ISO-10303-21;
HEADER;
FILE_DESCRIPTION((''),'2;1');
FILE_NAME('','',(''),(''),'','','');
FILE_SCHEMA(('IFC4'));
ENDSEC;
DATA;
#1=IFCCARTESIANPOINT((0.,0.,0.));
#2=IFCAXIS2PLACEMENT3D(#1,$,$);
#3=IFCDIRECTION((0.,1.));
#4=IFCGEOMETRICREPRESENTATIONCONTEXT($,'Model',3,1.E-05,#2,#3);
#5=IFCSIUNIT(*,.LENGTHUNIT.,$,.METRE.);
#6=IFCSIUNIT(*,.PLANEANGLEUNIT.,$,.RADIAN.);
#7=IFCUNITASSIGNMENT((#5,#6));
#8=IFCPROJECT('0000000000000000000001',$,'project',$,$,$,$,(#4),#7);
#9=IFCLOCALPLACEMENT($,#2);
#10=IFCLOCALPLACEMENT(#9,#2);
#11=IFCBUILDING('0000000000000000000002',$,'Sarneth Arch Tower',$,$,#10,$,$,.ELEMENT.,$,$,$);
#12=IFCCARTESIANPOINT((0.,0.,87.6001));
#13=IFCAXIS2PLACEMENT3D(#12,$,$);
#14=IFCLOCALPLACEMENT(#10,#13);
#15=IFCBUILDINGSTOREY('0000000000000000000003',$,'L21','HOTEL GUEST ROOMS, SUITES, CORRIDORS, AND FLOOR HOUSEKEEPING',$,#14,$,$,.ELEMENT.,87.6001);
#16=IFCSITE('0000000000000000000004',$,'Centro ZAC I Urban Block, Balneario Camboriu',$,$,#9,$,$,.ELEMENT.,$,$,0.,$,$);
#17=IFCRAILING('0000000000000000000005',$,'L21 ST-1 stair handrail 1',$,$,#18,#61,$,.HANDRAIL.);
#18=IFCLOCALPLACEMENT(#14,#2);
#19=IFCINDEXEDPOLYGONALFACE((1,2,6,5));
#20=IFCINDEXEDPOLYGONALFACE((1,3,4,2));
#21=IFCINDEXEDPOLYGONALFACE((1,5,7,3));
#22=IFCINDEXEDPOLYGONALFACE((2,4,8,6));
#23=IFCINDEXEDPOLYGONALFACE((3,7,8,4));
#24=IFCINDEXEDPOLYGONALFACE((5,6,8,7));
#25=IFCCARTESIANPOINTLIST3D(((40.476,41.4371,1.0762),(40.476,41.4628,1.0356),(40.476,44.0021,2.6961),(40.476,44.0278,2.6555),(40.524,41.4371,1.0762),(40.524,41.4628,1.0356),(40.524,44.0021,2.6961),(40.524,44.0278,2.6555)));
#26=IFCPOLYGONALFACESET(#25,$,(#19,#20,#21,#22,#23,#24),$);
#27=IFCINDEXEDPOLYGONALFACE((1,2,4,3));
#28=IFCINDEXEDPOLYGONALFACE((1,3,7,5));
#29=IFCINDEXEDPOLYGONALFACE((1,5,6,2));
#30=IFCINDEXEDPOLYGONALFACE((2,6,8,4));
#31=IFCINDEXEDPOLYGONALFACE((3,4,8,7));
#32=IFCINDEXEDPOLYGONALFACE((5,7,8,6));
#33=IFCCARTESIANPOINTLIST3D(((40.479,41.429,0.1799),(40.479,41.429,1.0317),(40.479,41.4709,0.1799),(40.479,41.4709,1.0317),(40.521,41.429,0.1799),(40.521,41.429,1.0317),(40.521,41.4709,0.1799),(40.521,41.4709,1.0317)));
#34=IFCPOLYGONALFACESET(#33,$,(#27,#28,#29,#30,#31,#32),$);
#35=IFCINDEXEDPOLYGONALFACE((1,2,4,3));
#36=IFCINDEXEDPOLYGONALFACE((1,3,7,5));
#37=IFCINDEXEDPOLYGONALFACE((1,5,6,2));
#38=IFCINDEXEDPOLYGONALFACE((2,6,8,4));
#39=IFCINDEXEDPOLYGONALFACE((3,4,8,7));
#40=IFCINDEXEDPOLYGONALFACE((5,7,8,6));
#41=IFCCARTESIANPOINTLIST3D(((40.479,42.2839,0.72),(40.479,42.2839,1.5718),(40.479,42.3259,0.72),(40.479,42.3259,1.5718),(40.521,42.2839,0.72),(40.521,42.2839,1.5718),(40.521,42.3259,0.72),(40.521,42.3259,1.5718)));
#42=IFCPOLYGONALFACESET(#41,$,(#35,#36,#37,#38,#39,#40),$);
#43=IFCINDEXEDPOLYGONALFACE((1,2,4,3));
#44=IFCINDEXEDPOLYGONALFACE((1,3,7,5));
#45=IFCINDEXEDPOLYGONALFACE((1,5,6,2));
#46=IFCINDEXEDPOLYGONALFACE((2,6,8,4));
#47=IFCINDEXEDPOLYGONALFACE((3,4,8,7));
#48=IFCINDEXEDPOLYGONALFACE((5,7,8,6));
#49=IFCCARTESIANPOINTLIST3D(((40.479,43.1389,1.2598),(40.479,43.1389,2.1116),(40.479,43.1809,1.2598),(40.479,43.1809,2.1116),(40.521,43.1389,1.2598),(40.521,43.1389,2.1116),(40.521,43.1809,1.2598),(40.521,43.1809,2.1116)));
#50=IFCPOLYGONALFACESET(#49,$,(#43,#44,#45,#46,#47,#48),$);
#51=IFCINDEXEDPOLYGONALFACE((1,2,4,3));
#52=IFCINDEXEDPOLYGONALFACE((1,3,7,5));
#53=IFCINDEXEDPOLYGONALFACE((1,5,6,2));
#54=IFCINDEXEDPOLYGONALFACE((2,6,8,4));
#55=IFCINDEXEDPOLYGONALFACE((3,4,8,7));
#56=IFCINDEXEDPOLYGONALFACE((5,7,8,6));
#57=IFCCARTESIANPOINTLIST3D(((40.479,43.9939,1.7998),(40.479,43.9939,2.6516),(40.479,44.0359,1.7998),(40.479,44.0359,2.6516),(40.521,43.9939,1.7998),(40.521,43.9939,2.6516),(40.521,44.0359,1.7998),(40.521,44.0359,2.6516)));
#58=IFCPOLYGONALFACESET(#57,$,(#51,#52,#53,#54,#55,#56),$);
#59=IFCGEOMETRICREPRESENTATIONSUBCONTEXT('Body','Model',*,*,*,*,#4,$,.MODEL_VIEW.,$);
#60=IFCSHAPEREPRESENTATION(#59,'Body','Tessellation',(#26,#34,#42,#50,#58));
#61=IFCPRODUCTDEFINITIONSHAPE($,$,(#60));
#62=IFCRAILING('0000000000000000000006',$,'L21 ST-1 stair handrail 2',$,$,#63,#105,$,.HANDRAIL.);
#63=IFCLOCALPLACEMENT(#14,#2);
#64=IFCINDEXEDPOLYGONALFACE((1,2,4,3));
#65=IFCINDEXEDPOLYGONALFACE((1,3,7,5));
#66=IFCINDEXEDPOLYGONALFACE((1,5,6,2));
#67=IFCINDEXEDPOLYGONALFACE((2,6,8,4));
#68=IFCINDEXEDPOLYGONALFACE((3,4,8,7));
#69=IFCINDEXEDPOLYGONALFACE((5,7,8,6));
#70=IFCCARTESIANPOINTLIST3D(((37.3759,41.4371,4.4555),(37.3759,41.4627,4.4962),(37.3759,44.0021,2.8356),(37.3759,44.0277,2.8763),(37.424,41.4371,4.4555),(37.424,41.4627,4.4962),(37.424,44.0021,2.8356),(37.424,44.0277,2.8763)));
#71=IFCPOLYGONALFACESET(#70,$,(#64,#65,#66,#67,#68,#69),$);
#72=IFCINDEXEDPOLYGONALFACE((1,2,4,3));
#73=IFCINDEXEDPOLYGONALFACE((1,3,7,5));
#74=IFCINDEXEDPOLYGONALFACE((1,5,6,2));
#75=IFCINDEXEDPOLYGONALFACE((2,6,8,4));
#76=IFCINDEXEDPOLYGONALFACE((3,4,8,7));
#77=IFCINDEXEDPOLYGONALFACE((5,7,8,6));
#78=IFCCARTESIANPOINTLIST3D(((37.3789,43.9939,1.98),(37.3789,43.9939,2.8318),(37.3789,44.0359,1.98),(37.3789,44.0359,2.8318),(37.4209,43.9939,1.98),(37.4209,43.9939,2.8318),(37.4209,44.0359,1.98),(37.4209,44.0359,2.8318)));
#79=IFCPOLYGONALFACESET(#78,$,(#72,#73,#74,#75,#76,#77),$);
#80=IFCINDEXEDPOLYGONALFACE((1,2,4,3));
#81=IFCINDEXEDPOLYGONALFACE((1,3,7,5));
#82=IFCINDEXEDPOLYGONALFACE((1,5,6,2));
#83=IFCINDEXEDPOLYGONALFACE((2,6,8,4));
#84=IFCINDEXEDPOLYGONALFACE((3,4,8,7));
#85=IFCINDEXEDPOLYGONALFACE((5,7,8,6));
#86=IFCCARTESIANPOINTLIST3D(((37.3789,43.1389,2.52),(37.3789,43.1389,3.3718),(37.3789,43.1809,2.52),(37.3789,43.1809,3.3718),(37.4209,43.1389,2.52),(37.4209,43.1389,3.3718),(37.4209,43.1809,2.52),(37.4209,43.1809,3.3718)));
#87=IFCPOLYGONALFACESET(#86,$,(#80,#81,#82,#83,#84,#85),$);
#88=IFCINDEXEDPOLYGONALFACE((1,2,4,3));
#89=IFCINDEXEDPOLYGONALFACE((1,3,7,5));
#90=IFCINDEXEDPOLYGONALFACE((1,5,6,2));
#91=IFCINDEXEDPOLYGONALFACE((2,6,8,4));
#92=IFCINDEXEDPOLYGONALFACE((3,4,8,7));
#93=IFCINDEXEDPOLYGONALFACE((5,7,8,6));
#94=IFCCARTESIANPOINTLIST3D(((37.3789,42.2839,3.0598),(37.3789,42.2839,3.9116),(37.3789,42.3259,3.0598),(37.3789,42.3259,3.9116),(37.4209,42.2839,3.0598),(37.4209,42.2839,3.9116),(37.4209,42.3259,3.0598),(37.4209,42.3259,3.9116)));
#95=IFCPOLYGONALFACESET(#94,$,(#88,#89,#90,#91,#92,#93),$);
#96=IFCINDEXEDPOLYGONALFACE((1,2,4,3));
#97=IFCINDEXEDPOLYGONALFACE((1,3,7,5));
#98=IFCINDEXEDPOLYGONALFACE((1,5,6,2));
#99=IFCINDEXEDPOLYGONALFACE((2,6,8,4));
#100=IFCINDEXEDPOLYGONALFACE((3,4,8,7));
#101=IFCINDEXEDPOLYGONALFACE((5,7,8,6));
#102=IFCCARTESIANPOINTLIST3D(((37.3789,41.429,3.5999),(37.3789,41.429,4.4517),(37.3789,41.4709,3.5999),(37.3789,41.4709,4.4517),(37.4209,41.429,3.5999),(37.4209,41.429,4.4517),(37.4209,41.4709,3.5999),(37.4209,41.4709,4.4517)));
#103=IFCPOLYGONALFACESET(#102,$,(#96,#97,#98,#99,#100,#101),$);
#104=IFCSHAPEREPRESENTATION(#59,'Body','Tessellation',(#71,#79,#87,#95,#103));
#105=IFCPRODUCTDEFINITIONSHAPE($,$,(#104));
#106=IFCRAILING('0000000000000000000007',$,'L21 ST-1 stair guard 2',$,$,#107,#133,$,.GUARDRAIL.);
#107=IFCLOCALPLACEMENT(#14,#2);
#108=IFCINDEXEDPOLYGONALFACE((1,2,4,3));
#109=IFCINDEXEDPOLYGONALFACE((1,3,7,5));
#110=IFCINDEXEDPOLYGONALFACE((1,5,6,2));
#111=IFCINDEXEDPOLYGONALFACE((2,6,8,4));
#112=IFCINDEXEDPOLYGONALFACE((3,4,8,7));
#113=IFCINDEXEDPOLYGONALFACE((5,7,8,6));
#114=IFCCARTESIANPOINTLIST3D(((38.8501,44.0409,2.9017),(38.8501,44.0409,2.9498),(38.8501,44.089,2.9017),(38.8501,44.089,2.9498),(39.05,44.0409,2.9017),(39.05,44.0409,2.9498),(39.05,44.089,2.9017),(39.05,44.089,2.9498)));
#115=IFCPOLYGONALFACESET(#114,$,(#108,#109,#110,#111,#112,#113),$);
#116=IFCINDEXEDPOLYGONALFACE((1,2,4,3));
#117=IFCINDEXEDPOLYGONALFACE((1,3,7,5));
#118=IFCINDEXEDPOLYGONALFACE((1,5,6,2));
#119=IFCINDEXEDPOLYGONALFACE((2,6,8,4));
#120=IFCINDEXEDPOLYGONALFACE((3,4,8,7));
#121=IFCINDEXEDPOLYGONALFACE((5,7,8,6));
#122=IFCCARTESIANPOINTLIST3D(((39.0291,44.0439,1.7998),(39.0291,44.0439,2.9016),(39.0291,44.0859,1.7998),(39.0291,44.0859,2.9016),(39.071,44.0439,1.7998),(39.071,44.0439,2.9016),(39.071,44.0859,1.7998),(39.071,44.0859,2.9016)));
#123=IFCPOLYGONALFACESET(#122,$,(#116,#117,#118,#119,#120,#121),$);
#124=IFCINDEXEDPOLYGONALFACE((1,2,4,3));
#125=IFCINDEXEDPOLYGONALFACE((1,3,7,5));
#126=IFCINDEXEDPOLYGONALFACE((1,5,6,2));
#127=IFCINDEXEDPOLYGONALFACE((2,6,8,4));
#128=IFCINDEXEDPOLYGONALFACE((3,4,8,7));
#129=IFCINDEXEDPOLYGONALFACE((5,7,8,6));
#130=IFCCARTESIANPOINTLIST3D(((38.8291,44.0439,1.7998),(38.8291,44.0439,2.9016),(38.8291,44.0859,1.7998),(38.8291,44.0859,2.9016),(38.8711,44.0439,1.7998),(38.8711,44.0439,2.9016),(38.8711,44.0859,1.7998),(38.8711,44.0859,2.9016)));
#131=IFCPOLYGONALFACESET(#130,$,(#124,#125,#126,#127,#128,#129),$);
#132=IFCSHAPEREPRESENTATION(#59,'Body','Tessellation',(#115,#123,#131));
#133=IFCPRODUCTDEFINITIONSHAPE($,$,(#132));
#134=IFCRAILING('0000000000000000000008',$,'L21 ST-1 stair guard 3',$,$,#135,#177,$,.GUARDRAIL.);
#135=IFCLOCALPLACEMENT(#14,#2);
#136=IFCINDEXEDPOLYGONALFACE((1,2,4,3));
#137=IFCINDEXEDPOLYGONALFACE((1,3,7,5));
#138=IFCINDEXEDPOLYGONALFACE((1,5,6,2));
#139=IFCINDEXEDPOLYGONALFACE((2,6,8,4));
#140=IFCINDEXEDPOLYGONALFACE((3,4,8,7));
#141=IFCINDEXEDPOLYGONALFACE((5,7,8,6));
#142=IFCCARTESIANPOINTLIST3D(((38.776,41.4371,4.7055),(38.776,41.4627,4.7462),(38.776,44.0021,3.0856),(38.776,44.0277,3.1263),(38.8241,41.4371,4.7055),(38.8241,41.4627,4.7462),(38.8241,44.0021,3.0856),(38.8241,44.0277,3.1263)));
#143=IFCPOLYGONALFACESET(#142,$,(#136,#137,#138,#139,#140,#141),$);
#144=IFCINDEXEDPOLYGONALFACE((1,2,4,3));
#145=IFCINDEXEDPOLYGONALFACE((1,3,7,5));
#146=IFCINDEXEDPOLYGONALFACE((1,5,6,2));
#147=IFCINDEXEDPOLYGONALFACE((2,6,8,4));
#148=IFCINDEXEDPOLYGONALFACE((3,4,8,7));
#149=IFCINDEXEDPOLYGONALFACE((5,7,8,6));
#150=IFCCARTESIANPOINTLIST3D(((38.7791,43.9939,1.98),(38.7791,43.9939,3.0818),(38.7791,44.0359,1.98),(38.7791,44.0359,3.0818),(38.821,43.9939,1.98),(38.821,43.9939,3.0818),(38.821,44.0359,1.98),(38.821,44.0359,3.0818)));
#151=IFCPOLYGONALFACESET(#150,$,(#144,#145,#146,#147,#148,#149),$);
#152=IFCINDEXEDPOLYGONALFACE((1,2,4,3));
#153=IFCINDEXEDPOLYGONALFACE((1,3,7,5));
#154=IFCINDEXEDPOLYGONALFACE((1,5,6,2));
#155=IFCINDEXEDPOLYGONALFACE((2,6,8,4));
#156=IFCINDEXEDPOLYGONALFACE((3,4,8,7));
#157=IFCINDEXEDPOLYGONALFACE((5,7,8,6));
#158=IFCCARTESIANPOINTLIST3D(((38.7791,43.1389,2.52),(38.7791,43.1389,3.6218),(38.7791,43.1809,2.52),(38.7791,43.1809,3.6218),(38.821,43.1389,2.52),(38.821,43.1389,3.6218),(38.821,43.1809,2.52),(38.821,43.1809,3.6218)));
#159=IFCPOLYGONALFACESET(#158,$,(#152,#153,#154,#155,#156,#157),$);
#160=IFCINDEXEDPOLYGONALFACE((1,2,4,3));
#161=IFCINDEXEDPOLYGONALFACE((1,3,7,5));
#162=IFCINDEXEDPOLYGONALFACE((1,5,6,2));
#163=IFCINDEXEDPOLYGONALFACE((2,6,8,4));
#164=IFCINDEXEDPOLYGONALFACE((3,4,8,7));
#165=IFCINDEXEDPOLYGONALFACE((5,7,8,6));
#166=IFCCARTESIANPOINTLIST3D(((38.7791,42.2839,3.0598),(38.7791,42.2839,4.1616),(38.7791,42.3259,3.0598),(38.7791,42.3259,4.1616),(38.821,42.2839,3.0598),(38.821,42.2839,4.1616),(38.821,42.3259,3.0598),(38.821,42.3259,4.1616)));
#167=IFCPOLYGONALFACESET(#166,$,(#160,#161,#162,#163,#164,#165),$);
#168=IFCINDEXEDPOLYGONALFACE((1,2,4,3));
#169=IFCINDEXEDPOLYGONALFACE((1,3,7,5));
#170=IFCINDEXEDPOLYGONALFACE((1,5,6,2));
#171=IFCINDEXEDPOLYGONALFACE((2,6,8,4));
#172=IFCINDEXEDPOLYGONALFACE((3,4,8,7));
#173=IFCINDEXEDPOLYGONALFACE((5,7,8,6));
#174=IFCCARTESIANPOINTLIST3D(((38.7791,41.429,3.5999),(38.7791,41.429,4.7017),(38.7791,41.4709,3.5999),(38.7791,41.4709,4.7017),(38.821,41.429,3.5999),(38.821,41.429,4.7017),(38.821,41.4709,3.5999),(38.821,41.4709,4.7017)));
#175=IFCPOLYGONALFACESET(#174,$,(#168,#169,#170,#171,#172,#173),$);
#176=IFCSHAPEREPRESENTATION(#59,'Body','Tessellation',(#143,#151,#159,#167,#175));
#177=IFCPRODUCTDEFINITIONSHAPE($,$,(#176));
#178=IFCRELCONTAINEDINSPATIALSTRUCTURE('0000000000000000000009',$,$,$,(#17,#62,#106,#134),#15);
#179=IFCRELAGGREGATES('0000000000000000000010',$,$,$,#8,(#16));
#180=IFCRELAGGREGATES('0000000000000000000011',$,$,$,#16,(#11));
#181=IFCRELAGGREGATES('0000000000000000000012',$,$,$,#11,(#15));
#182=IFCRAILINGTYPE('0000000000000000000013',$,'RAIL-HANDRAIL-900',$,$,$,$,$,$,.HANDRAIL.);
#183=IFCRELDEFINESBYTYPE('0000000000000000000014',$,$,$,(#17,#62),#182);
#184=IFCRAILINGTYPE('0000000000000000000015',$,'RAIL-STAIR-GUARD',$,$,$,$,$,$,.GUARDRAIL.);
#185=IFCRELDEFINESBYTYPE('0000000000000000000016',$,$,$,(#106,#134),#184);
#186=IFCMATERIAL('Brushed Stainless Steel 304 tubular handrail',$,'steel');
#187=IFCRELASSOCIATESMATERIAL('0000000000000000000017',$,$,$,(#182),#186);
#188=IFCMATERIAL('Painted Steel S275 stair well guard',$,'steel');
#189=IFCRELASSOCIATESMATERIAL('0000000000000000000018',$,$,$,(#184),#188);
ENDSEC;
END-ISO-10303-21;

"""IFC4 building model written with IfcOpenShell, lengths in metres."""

from ifc_helpers import new_model, si_unit, direction, frame, origin, origin_2d, place, context, subcontext, project, spatial, rectangle, extrude, material, type_object, element, save


model = new_model("IFC4")

# Units and contexts
model_context = context("Model", 3, precision=1e-05, world=origin(), true_north=direction((0.0, 1.0)))
body_context = subcontext(model_context, "Body", "Model", "MODEL_VIEW")
ifc_project = project(units=[si_unit("LENGTHUNIT", "METRE"), si_unit("PLANEANGLEUNIT", "RADIAN")], contexts=[model_context])

# Site, building, storey
site_placement = place(None, origin())
site = spatial("IfcSite", under=ifc_project, at=site_placement, Name="Centro ZAC I Urban Block, Balneario Camboriu", CompositionType="ELEMENT", RefElevation=0.0)
building_placement = place(site_placement, origin())
building = spatial("IfcBuilding", under=site, at=building_placement, Name="Sarneth Arch Tower", CompositionType="ELEMENT")
storey_placement = place(building_placement, frame((0.0, 0.0, 87.6001)))
storey = spatial("IfcBuildingStorey", under=building, at=storey_placement, Name="L21", Description="HOTEL GUEST ROOMS, SUITES, CORRIDORS, AND FLOOR HOUSEKEEPING", CompositionType="ELEMENT", Elevation=87.6001)

# Railings
ifc_material_1 = material(Name="Brushed Stainless Steel 304 tubular handrail", Category="steel")
railing_type_1 = type_object("IfcRailingType", Name="RAIL-HANDRAIL-900", PredefinedType="HANDRAIL", material=ifc_material_1)
railing_1_placement = place(storey_placement, frame((40.5, 41.45, 0.1799)))
element("IfcRailing", 1, at=railing_1_placement, inside=storey, type_object=railing_type_1, Name="L21 ST-1 stair handrail 1", PredefinedType="HANDRAIL", context=body_context, shape_type="SweptSolid", body=[
    extrude(rectangle(XDim=0.0481, YDim=0.0481, at=origin_2d()), frame((0.0, 0.0, 0.876), z_axis=(0.0, 0.845502, 0.533972), x_axis=(-1.0, 0.0, 0.0)), (0.0, 0.0, 1.0), 3.0337),
    extrude(rectangle(XDim=0.042, YDim=0.042, at=origin_2d()), origin(), (0.0, 0.0, 1.0), 0.8518),
    extrude(rectangle(XDim=0.042, YDim=0.042, at=origin_2d()), frame((0.0, 0.855, 0.54)), (0.0, 0.0, 1.0), 0.8518),
    extrude(rectangle(XDim=0.042, YDim=0.042, at=origin_2d()), frame((0.0, 1.71, 1.0798)), (0.0, 0.0, 1.0), 0.8518),
    extrude(rectangle(XDim=0.042, YDim=0.042, at=origin_2d()), frame((0.0, 2.5649, 1.6199)), (0.0, 0.0, 1.0), 0.8518),
])
railing_2_placement = place(storey_placement, frame((37.3999, 44.0149, 1.98)))
element("IfcRailing", 2, at=railing_2_placement, inside=storey, type_object=railing_type_1, Name="L21 ST-1 stair handrail 2", PredefinedType="HANDRAIL", context=body_context, shape_type="SweptSolid", body=[
    extrude(rectangle(XDim=0.0481, YDim=0.0481, at=origin_2d()), frame((0.0, 0.0, 0.876), z_axis=(0.0, -0.845502, 0.533972), x_axis=(1.0, 0.0, 0.0)), (0.0, 0.0, 1.0), 3.0337),
    extrude(rectangle(XDim=0.042, YDim=0.042, at=origin_2d()), origin(), (0.0, 0.0, 1.0), 0.8518),
    extrude(rectangle(XDim=0.042, YDim=0.042, at=origin_2d()), frame((0.0, -0.855, 0.54)), (0.0, 0.0, 1.0), 0.8518),
    extrude(rectangle(XDim=0.042, YDim=0.042, at=origin_2d()), frame((0.0, -1.71, 1.0798)), (0.0, 0.0, 1.0), 0.8518),
    extrude(rectangle(XDim=0.042, YDim=0.042, at=origin_2d()), frame((0.0, -2.5649, 1.6199)), (0.0, 0.0, 1.0), 0.8518),
])
ifc_material_2 = material(Name="Painted Steel S275 stair well guard", Category="steel")
railing_type_2 = type_object("IfcRailingType", Name="RAIL-STAIR-GUARD", PredefinedType="GUARDRAIL", material=ifc_material_2)
railing_3_placement = place(storey_placement, frame((39.05, 44.0649, 1.7998)))
element("IfcRailing", 3, at=railing_3_placement, inside=storey, type_object=railing_type_2, Name="L21 ST-1 stair guard 2", PredefinedType="GUARDRAIL", context=body_context, shape_type="SweptSolid", body=[
    extrude(rectangle(XDim=0.0481, YDim=0.0481, at=origin_2d()), frame((0.0, 0.0, 1.126), z_axis=(-1.0, 0.0, 0.0), x_axis=(0.0, -1.0, 0.0)), (0.0, 0.0, 1.0), 0.2),
    extrude(rectangle(XDim=0.042, YDim=0.042, at=origin_2d()), origin(), (0.0, 0.0, 1.0), 1.1018),
    extrude(rectangle(XDim=0.042, YDim=0.042, at=origin_2d()), frame((-0.2, 0.0, 0.0)), (0.0, 0.0, 1.0), 1.1018),
])
railing_4_placement = place(storey_placement, frame((38.8, 44.0149, 1.98)))
element("IfcRailing", 4, at=railing_4_placement, inside=storey, type_object=railing_type_2, Name="L21 ST-1 stair guard 3", PredefinedType="GUARDRAIL", context=body_context, shape_type="SweptSolid", body=[
    extrude(rectangle(XDim=0.0481, YDim=0.0481, at=origin_2d()), frame((0.0, 0.0, 1.126), z_axis=(0.0, -0.845502, 0.533972), x_axis=(1.0, 0.0, 0.0)), (0.0, 0.0, 1.0), 3.0337),
    extrude(rectangle(XDim=0.042, YDim=0.042, at=origin_2d()), origin(), (0.0, 0.0, 1.0), 1.1018),
    extrude(rectangle(XDim=0.042, YDim=0.042, at=origin_2d()), frame((0.0, -0.855, 0.54)), (0.0, 0.0, 1.0), 1.1018),
    extrude(rectangle(XDim=0.042, YDim=0.042, at=origin_2d()), frame((0.0, -1.71, 1.0798)), (0.0, 0.0, 1.0), 1.1018),
    extrude(rectangle(XDim=0.042, YDim=0.042, at=origin_2d()), frame((0.0, -2.5649, 1.6199)), (0.0, 0.0, 1.0), 1.1018),
])

save(model, "model.ifc")
